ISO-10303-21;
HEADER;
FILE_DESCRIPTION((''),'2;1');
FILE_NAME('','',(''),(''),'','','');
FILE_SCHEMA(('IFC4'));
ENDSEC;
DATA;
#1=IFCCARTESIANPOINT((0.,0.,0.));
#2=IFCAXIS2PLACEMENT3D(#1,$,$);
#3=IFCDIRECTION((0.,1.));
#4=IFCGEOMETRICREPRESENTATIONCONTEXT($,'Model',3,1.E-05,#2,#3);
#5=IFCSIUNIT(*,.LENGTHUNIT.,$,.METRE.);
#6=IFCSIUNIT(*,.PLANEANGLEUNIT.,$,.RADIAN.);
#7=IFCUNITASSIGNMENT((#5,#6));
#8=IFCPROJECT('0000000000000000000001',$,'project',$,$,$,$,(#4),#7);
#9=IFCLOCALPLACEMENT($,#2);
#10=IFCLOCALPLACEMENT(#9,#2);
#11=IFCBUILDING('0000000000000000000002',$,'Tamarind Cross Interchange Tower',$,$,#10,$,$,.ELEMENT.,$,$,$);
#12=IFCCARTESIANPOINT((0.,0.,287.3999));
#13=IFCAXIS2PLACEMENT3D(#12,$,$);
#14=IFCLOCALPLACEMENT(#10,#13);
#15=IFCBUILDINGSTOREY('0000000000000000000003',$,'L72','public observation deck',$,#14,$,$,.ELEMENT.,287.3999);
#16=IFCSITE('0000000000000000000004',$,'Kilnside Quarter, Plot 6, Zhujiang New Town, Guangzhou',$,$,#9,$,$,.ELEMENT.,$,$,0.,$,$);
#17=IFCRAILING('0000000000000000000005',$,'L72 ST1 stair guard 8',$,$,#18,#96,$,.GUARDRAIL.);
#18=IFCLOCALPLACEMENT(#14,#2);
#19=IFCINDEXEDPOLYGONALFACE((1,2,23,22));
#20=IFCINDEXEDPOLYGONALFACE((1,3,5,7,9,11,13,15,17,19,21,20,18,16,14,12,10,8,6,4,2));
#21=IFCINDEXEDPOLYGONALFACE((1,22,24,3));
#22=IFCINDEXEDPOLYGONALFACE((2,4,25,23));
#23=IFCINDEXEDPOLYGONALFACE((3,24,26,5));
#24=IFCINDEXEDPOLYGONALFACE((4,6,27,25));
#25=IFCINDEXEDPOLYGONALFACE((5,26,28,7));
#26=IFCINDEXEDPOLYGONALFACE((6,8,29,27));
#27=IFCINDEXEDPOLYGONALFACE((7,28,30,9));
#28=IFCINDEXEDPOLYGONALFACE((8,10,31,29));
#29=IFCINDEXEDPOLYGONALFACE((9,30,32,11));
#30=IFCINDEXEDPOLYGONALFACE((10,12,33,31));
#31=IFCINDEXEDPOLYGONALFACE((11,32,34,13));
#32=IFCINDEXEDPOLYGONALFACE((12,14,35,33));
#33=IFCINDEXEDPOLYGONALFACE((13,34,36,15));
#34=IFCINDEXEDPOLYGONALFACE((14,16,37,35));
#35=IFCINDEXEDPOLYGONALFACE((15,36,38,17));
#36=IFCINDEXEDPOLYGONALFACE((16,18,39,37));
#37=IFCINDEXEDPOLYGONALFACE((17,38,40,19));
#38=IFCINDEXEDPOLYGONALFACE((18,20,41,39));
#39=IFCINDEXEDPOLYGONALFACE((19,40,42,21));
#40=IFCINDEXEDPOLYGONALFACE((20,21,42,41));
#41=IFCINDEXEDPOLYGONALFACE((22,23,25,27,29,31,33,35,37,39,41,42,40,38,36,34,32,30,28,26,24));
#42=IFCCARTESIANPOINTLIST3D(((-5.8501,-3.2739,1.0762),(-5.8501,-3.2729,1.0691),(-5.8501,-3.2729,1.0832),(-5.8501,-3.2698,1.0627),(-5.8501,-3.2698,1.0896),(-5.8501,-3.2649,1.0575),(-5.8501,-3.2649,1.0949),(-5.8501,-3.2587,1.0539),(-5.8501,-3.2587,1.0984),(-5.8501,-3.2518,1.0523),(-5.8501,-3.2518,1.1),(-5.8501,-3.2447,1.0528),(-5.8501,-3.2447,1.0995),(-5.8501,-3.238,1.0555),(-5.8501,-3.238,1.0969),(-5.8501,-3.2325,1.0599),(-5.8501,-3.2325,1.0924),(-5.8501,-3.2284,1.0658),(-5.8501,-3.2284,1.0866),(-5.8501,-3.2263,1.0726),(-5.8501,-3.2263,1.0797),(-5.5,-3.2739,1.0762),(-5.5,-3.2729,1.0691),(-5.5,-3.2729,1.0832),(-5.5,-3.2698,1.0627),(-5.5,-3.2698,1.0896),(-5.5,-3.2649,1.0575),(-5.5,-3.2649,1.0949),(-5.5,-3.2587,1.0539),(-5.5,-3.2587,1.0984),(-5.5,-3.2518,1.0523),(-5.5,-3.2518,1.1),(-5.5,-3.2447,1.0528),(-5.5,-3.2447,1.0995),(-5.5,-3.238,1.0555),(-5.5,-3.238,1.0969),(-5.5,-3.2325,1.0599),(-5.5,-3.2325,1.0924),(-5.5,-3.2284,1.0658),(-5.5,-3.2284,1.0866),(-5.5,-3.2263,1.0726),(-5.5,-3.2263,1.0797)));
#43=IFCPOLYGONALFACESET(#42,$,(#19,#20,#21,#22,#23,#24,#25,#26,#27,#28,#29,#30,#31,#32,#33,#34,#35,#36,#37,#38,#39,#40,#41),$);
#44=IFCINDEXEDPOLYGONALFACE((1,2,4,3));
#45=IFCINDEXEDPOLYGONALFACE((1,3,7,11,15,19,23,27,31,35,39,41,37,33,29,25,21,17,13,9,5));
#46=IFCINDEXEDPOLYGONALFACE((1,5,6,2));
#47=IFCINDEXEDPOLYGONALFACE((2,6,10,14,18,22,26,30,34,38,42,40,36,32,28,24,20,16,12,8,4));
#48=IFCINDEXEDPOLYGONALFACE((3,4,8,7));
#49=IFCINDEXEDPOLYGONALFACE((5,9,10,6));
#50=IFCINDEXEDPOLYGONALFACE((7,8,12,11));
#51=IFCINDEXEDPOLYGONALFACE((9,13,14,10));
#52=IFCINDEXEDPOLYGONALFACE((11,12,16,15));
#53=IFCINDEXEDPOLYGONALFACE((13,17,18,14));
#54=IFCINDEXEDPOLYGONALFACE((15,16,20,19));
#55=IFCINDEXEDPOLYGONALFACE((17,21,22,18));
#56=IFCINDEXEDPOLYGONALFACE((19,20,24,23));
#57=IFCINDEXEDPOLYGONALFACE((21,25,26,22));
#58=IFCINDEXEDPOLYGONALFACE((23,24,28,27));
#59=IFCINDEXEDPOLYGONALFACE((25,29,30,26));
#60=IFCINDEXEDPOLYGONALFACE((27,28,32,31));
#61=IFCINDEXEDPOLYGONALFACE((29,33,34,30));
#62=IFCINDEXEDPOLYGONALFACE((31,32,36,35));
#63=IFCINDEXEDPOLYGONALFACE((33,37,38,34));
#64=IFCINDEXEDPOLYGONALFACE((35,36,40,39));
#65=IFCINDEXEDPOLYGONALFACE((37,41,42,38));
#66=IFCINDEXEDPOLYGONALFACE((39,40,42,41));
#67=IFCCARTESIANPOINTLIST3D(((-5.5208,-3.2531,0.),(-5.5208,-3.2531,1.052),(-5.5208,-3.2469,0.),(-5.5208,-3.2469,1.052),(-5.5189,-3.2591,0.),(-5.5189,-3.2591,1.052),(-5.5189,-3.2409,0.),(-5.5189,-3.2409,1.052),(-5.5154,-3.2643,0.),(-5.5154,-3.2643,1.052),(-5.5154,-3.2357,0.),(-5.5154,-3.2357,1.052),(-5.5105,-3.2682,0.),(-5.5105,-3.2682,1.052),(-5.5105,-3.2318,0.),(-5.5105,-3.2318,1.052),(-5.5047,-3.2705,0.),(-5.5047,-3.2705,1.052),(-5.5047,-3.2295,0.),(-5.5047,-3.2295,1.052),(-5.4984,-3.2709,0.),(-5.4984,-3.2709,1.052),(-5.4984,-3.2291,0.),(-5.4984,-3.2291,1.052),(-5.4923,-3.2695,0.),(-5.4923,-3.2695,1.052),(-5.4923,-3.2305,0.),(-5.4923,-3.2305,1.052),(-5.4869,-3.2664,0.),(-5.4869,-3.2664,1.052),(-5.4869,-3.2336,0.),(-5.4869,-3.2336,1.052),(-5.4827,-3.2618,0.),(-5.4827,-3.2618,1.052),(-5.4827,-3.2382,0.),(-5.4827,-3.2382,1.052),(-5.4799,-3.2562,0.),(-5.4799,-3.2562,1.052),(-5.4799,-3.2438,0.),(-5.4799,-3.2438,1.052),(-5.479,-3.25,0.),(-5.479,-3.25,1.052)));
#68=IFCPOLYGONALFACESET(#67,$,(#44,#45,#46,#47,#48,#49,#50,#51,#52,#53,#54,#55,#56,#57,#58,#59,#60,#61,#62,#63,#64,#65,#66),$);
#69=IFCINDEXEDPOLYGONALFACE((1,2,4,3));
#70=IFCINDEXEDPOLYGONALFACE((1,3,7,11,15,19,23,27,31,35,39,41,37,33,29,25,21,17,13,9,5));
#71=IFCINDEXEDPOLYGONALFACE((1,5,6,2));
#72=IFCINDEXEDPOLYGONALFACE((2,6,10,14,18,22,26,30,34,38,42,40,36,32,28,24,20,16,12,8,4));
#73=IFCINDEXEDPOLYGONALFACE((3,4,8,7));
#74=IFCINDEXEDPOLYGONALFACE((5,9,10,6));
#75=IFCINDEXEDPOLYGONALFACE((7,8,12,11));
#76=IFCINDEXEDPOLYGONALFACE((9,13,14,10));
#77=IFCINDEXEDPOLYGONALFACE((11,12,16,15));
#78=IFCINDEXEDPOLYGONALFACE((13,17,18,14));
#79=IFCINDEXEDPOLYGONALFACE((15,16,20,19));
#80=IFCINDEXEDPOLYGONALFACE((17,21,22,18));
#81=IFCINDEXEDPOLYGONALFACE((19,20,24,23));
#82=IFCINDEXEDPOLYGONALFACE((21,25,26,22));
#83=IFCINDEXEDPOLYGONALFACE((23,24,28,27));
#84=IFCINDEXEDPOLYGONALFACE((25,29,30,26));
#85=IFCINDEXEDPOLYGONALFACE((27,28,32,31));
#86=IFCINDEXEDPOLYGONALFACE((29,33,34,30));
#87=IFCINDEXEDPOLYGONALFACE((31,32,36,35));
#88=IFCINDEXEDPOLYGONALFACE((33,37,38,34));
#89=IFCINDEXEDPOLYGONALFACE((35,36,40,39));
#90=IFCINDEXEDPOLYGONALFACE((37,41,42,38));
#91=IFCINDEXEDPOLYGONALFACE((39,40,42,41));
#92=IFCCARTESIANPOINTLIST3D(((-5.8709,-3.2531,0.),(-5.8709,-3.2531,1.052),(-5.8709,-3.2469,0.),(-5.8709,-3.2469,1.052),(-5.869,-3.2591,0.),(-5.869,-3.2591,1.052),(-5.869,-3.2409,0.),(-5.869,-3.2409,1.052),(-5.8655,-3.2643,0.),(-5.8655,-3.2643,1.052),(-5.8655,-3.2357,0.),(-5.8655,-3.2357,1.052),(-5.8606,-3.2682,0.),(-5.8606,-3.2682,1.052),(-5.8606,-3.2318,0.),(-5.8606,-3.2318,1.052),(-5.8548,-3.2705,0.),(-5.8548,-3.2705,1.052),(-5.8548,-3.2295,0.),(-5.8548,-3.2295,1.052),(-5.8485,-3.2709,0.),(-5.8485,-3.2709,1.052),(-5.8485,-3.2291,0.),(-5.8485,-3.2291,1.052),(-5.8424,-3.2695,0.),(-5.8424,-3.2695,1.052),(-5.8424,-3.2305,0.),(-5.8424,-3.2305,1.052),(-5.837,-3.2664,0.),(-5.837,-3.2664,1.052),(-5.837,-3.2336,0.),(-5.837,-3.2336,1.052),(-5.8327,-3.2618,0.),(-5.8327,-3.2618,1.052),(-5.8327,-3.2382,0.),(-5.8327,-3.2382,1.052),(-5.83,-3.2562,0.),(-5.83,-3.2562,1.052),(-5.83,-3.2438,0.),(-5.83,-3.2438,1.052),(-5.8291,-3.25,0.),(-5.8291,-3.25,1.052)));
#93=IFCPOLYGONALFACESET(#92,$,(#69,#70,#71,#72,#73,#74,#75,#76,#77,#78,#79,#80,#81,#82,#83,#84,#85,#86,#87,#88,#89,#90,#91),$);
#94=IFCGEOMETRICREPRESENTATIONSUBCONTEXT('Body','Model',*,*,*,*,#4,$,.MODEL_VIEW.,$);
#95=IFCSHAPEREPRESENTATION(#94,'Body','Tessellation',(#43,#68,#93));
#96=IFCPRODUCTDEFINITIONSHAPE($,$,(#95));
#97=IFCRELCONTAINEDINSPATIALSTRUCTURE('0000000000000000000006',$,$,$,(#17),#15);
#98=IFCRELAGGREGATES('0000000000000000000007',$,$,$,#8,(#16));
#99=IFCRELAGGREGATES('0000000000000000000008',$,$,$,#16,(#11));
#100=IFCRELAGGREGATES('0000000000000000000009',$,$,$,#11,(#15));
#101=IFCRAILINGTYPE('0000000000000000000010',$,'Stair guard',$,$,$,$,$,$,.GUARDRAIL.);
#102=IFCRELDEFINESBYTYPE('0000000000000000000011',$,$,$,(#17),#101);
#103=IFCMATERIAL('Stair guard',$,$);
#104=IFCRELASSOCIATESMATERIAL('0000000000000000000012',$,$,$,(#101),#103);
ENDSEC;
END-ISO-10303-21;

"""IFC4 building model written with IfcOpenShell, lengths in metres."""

from ifc_helpers import new_model, si_unit, direction, frame, origin, origin_2d, place, context, subcontext, project, spatial, circle, extrude, material, type_object, element, save


model = new_model("IFC4")

# Units and contexts
model_context = context("Model", 3, precision=1e-05, world=origin(), true_north=direction((0.0, 1.0)))
body_context = subcontext(model_context, "Body", "Model", "MODEL_VIEW")
ifc_project = project(units=[si_unit("LENGTHUNIT", "METRE"), si_unit("PLANEANGLEUNIT", "RADIAN")], contexts=[model_context])

# Site, building, storey
site_placement = place(None, origin())
site = spatial("IfcSite", under=ifc_project, at=site_placement, Name="Kilnside Quarter, Plot 6, Zhujiang New Town, Guangzhou", CompositionType="ELEMENT", RefElevation=0.0)
building_placement = place(site_placement, origin())
building = spatial("IfcBuilding", under=site, at=building_placement, Name="Tamarind Cross Interchange Tower", CompositionType="ELEMENT")
storey_placement = place(building_placement, frame((0.0, 0.0, 287.3999)))
storey = spatial("IfcBuildingStorey", under=building, at=storey_placement, Name="L72", Description="public observation deck", CompositionType="ELEMENT", Elevation=287.3999)

# Railing
ifc_material_1 = material(Name="Stair guard")
railing_type_1 = type_object("IfcRailingType", Name="Stair guard", PredefinedType="GUARDRAIL", material=ifc_material_1)
railing_1_placement = place(storey_placement, frame((-5.5, -3.25, 0.0)))
element("IfcRailing", 1, at=railing_1_placement, inside=storey, type_object=railing_type_1, Name="L72 ST1 stair guard 8", PredefinedType="GUARDRAIL", context=body_context, shape_type="SweptSolid", body=[
    extrude(circle(Radius=0.0239, at=origin_2d()), frame((0.0, 0.0, 1.0762), z_axis=(-1.0, 0.0, 0.0), x_axis=(0.0, -1.0, 0.0)), (0.0, 0.0, 1.0), 0.3501),
    extrude(circle(Radius=0.021, at=origin_2d()), origin(), (0.0, 0.0, 1.0), 1.052),
    extrude(circle(Radius=0.021, at=origin_2d()), frame((-0.3501, 0.0, 0.0)), (0.0, 0.0, 1.0), 1.052),
])

save(model, "model.ifc")
